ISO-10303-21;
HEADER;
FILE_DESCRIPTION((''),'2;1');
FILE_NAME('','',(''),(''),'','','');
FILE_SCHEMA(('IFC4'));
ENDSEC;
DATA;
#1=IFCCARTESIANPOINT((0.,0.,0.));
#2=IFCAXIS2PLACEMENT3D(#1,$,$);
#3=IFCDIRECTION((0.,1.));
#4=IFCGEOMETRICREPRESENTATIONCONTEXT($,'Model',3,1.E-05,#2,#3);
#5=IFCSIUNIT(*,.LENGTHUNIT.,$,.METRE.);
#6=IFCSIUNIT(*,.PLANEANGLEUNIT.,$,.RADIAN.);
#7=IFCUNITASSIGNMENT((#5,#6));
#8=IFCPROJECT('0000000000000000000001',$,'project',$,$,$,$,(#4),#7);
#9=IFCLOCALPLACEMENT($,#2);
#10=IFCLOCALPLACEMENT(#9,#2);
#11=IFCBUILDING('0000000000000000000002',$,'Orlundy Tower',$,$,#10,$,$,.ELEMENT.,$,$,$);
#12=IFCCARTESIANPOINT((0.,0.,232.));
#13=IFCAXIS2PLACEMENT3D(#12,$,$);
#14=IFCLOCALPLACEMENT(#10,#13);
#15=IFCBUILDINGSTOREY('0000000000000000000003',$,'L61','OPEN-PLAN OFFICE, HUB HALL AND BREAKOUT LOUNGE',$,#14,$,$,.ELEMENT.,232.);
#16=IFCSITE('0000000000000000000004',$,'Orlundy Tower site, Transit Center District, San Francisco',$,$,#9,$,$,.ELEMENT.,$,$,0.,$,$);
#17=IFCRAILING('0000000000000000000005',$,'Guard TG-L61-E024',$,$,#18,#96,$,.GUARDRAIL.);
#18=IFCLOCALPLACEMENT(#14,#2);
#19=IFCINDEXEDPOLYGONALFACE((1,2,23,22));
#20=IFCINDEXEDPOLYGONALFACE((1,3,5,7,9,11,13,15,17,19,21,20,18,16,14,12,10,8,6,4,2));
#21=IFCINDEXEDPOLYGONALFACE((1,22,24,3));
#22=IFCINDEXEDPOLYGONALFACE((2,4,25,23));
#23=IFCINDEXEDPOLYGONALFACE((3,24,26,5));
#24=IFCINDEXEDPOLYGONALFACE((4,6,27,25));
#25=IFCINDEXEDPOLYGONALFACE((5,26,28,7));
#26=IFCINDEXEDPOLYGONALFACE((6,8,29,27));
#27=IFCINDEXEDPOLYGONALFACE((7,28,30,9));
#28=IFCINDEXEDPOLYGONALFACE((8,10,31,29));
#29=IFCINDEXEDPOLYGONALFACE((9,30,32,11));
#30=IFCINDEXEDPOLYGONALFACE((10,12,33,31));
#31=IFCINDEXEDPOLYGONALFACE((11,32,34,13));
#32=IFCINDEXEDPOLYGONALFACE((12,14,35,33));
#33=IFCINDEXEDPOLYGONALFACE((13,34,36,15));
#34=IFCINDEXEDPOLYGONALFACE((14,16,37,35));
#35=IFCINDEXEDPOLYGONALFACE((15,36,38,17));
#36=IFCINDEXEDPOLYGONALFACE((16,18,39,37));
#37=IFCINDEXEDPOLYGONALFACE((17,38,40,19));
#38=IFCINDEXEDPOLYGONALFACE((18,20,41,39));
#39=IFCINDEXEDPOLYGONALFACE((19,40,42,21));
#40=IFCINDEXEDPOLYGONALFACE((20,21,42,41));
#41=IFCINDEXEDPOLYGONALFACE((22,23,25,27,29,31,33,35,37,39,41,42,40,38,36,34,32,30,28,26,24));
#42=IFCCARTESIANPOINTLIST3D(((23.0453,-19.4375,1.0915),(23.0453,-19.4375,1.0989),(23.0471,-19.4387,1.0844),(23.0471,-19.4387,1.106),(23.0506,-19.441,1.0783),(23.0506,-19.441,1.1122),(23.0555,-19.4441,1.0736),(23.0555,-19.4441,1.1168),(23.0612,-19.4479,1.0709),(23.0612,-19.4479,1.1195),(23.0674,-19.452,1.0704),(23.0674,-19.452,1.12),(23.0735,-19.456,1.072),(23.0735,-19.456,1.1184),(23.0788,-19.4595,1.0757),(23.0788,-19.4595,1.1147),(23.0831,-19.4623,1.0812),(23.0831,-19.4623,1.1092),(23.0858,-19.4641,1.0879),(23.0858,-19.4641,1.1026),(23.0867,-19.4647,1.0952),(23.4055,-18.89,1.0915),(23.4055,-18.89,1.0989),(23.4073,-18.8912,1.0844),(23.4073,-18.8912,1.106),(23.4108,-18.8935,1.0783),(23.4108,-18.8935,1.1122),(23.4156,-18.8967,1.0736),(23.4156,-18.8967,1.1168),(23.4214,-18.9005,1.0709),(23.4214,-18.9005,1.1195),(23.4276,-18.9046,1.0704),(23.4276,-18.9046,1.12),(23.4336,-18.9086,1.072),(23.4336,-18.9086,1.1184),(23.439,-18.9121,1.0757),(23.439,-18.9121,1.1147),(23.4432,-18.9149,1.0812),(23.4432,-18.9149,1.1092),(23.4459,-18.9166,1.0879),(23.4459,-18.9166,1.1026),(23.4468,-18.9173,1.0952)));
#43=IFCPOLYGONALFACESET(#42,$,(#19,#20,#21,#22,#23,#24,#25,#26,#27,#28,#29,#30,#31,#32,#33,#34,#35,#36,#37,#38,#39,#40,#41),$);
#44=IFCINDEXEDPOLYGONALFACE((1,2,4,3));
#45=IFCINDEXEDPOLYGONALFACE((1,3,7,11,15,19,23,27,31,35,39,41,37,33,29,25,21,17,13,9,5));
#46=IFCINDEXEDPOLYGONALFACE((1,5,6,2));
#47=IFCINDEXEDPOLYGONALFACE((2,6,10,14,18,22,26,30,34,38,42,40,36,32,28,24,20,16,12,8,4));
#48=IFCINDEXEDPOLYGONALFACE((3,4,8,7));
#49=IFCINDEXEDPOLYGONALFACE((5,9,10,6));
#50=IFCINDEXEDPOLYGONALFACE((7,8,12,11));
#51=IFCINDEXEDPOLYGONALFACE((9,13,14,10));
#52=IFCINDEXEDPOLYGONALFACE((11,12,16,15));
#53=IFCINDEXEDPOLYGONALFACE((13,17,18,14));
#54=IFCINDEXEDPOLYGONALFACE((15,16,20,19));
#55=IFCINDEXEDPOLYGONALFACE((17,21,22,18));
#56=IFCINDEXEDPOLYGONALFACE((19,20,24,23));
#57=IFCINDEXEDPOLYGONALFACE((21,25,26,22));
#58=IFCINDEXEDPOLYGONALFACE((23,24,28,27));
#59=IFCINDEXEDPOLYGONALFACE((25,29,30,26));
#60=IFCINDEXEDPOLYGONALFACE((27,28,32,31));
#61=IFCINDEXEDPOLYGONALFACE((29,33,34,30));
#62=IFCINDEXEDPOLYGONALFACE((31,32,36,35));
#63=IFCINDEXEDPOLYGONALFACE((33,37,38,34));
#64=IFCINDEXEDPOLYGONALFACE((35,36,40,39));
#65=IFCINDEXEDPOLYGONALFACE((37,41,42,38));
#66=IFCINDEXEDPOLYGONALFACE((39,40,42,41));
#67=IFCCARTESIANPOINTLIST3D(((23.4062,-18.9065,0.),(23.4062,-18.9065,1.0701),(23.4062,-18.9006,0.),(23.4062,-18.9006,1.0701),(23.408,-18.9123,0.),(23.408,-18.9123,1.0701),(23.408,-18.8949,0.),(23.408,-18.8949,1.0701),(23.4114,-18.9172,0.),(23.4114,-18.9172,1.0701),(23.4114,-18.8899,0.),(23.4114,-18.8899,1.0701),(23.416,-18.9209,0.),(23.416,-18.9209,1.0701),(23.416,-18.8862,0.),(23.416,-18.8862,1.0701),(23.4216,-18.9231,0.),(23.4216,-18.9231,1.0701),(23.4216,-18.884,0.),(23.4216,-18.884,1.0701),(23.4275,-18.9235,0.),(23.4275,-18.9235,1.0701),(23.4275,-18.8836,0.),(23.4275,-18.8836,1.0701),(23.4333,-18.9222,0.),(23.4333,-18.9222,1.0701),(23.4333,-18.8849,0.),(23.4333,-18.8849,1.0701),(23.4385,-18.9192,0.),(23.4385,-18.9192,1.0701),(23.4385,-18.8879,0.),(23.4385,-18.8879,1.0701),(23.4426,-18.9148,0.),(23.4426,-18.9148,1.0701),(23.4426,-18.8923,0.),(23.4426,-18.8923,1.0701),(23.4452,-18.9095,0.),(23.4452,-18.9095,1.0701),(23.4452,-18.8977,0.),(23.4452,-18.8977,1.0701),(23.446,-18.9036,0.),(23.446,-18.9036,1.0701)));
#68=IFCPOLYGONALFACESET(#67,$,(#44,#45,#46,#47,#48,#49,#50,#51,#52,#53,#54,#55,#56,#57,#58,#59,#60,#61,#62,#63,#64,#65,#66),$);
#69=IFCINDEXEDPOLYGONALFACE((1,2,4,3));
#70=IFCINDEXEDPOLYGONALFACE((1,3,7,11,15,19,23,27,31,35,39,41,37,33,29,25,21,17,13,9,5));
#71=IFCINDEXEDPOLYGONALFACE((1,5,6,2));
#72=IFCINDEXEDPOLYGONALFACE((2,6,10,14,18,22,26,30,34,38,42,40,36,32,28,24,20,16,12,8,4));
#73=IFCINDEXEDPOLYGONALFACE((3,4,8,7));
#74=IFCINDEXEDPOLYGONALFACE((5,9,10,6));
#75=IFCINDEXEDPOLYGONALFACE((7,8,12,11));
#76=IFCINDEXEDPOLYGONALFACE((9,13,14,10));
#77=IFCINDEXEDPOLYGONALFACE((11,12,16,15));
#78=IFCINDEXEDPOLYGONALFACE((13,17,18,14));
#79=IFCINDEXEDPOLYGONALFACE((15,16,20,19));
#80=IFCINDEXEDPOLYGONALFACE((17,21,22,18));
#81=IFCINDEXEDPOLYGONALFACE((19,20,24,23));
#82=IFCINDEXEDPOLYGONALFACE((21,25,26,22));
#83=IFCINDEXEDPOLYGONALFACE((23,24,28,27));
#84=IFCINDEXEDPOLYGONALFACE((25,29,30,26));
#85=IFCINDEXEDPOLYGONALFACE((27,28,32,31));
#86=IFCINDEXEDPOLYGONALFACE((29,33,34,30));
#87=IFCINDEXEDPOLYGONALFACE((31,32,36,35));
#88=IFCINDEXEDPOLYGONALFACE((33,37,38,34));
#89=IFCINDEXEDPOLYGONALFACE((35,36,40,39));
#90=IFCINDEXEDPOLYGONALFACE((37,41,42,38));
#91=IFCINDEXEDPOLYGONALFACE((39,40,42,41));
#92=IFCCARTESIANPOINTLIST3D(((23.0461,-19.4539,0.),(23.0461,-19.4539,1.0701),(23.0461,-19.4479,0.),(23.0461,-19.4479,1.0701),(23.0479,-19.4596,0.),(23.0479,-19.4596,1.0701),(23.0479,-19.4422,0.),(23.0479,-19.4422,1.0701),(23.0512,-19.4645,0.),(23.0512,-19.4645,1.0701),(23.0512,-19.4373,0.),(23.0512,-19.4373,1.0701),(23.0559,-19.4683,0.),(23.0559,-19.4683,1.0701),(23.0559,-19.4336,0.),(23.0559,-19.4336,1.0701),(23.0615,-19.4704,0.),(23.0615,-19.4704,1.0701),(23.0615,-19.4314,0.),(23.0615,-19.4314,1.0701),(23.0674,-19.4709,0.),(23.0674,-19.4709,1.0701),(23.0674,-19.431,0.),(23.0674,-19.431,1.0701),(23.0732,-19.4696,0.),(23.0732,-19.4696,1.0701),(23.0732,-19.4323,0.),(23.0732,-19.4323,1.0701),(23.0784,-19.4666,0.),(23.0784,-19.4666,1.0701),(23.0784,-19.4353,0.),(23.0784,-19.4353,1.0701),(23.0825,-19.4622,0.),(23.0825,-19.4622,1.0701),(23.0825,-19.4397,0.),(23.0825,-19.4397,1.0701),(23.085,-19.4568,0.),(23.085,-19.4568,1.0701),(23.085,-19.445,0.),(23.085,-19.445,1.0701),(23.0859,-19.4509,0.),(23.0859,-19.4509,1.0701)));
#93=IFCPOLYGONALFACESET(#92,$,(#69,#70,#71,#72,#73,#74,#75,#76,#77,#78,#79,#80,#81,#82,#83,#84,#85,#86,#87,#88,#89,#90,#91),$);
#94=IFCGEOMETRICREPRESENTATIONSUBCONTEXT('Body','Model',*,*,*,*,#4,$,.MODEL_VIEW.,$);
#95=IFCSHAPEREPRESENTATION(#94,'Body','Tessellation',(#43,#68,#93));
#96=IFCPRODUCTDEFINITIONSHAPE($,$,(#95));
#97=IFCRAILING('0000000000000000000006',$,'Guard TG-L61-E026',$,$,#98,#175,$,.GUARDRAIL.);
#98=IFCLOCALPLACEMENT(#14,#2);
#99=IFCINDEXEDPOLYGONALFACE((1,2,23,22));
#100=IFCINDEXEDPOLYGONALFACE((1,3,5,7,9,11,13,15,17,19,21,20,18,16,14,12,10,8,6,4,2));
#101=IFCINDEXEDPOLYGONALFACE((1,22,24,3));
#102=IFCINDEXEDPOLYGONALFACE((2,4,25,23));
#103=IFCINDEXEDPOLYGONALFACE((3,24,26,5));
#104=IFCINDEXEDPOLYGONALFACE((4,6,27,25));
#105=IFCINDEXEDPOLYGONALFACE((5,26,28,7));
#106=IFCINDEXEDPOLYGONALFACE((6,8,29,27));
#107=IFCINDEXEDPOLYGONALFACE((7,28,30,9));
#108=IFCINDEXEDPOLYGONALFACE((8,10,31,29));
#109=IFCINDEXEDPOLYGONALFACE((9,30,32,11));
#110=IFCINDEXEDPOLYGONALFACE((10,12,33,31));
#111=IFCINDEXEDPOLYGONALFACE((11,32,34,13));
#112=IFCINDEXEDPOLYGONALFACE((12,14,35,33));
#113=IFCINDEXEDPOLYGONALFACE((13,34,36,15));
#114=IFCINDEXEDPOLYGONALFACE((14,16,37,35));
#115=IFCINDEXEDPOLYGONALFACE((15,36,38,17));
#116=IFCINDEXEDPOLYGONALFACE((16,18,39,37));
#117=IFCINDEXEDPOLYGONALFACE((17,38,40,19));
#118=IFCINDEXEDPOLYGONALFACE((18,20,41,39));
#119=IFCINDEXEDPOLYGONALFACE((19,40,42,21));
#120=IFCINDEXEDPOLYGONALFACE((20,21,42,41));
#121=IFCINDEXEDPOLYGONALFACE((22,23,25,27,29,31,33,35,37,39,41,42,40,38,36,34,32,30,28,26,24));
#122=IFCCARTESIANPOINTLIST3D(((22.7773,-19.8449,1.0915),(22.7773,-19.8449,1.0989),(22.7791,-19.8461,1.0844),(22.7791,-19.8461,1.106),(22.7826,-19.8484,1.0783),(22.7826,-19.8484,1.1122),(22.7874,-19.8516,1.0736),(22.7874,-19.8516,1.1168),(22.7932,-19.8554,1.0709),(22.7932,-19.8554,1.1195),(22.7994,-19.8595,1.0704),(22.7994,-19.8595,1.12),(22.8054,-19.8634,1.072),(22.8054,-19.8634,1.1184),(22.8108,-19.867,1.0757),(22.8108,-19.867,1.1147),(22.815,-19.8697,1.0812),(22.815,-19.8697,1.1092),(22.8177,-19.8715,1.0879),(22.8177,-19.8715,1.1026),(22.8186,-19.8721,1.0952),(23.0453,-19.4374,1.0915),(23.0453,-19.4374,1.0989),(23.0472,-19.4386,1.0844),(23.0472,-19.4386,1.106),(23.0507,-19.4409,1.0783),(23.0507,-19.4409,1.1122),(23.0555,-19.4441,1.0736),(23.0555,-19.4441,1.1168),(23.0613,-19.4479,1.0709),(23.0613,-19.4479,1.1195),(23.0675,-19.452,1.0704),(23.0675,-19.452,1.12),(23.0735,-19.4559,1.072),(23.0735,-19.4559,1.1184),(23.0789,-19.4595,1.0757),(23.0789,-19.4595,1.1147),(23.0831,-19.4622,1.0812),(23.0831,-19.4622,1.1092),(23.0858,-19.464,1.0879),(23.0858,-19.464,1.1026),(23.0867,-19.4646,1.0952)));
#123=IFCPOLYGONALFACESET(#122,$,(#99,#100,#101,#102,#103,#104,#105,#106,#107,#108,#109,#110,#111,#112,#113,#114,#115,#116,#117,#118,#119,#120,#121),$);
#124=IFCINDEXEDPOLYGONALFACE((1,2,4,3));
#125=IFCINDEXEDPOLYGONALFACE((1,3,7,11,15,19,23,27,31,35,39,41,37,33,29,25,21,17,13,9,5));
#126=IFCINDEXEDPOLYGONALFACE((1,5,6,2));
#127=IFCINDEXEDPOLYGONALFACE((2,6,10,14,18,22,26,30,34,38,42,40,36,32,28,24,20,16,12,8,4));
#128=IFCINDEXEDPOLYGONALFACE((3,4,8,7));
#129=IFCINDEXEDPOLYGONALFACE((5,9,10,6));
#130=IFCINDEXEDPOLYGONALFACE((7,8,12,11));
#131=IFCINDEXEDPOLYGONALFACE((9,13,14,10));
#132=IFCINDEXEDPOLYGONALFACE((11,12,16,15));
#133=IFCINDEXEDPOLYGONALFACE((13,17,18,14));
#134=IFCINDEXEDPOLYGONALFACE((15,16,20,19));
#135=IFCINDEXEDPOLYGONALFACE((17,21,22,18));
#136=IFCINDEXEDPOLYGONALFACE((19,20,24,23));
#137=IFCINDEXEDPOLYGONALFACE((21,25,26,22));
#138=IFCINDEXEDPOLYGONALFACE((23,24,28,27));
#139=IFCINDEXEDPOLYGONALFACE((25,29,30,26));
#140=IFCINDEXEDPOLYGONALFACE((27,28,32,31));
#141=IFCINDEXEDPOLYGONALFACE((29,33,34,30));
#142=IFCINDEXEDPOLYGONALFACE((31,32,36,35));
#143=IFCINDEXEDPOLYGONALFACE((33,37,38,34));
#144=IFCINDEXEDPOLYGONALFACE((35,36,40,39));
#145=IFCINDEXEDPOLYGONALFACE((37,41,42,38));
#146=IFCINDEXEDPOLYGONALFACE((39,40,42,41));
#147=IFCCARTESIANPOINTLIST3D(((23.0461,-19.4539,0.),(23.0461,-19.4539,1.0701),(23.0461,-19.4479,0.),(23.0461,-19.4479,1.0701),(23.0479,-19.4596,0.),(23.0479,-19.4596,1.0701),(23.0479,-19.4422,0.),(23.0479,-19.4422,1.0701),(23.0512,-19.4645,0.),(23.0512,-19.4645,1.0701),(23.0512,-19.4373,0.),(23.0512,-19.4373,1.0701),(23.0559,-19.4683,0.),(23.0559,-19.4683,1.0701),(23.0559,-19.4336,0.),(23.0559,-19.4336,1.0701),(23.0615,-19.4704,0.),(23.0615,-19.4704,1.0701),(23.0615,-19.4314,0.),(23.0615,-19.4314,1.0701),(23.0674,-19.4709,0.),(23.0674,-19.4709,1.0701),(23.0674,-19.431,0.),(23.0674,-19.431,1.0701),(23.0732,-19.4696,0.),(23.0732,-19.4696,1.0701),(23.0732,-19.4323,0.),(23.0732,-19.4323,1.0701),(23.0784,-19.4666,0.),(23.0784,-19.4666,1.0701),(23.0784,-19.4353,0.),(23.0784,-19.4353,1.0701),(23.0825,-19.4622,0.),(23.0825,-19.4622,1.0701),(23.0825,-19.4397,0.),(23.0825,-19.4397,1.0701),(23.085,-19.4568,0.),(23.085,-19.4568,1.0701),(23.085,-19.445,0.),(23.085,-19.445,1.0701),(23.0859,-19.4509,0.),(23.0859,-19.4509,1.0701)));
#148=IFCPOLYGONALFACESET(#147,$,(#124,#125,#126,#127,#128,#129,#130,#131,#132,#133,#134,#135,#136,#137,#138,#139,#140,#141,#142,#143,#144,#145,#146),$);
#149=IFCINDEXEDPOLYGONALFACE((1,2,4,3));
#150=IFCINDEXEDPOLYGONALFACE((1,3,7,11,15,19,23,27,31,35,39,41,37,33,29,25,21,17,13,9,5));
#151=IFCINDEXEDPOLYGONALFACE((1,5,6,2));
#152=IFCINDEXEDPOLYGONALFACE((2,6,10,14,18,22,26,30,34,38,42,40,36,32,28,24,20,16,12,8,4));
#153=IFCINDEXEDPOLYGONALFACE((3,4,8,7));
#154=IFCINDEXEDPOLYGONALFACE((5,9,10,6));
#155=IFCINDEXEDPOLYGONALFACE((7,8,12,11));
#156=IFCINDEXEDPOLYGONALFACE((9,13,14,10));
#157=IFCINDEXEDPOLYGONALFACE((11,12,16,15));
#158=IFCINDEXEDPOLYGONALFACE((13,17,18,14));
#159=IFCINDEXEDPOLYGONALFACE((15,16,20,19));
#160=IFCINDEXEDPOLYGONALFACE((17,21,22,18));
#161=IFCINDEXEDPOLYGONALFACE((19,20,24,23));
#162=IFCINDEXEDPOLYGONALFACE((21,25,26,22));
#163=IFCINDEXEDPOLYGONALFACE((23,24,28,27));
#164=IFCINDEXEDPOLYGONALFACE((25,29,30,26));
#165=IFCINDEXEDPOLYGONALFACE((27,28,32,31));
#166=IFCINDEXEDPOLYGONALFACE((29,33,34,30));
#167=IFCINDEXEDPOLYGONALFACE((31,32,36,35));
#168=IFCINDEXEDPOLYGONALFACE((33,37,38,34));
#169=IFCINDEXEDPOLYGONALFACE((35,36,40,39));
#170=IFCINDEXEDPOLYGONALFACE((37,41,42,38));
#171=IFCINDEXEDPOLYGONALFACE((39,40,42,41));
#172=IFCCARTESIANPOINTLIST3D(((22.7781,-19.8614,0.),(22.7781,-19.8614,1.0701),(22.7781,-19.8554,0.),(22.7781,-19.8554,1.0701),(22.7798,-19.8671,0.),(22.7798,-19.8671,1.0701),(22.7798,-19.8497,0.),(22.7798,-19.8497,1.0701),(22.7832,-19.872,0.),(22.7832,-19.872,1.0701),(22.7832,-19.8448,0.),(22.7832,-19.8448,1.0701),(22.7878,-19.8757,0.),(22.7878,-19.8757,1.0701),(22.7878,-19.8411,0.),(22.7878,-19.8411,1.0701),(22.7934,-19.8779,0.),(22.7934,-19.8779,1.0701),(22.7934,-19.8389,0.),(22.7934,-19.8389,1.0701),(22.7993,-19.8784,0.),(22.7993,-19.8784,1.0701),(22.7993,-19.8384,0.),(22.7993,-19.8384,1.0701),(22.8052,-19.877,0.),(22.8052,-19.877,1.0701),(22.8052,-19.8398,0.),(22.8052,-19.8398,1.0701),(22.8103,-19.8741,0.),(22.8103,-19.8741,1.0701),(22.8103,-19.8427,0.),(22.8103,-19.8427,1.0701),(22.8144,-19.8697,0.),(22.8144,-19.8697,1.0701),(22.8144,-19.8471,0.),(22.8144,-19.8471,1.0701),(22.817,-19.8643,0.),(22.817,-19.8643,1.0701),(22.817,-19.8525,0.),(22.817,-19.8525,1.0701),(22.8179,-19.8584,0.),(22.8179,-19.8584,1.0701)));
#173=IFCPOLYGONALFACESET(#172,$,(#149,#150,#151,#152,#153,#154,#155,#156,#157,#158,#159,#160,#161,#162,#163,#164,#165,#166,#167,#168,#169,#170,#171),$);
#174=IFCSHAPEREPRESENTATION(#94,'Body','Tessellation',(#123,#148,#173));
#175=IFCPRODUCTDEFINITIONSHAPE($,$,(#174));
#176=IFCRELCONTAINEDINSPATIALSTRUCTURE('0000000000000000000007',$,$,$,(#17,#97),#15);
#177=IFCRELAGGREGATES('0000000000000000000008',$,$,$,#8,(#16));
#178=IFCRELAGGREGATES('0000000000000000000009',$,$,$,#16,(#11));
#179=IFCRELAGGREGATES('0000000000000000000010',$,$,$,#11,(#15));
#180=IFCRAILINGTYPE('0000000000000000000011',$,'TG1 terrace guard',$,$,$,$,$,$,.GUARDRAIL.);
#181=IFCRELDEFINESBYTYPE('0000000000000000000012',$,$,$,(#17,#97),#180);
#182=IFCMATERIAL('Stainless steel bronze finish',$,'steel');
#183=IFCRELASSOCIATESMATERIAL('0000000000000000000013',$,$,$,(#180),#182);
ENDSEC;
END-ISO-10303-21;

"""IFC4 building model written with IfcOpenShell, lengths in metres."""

from ifc_helpers import new_model, si_unit, direction, frame, origin, origin_2d, place, context, subcontext, project, spatial, circle, extrude, material, type_object, element, save


model = new_model("IFC4")

# Units and contexts
model_context = context("Model", 3, precision=1e-05, world=origin(), true_north=direction((0.0, 1.0)))
body_context = subcontext(model_context, "Body", "Model", "MODEL_VIEW")
ifc_project = project(units=[si_unit("LENGTHUNIT", "METRE"), si_unit("PLANEANGLEUNIT", "RADIAN")], contexts=[model_context])

# Site, building, storey
site_placement = place(None, origin())
site = spatial("IfcSite", under=ifc_project, at=site_placement, Name="Orlundy Tower site, Transit Center District, San Francisco", CompositionType="ELEMENT", RefElevation=0.0)
building_placement = place(site_placement, origin())
building = spatial("IfcBuilding", under=site, at=building_placement, Name="Orlundy Tower", CompositionType="ELEMENT")
storey_placement = place(building_placement, frame((0.0, 0.0, 232.0)))
storey = spatial("IfcBuildingStorey", under=building, at=storey_placement, Name="L61", Description="OPEN-PLAN OFFICE, HUB HALL AND BREAKOUT LOUNGE", CompositionType="ELEMENT", Elevation=232.0)

# Railings
ifc_material_1 = material(Name="Stainless steel bronze finish", Category="steel")
railing_type = type_object("IfcRailingType", Name="TG1 terrace guard", PredefinedType="GUARDRAIL", material=ifc_material_1)
railing_1_placement = place(storey_placement, frame((23.426, -18.9036, 0.0)))
element("IfcRailing", 1, at=railing_1_placement, inside=storey, type_object=railing_type, Name="Guard TG-L61-E024", PredefinedType="GUARDRAIL", context=body_context, shape_type="SweptSolid", body=[
    extrude(circle(Radius=0.0249, at=origin_2d()), frame((0.0, 0.0, 1.0952), z_axis=(-0.549617, -0.835417, 0.0), x_axis=(0.835417, -0.549617, 0.0)), (0.0, 0.0, 1.0), 0.6553),
    extrude(circle(Radius=0.02, at=origin_2d()), origin(), (0.0, 0.0, 1.0), 1.0701),
    extrude(circle(Radius=0.02, at=origin_2d()), frame((-0.3601, -0.5474, 0.0)), (0.0, 0.0, 1.0), 1.0701),
])
railing_2_placement = place(storey_placement, frame((23.0659, -19.4509, 0.0)))
element("IfcRailing", 2, at=railing_2_placement, inside=storey, type_object=railing_type, Name="Guard TG-L61-E026", PredefinedType="GUARDRAIL", context=body_context, shape_type="SweptSolid", body=[
    extrude(circle(Radius=0.0249, at=origin_2d()), frame((0.0, 0.0, 1.0952), z_axis=(-0.549607, -0.835423, 0.0), x_axis=(0.835423, -0.549607, 0.0)), (0.0, 0.0, 1.0), 0.4878),
    extrude(circle(Radius=0.02, at=origin_2d()), origin(), (0.0, 0.0, 1.0), 1.0701),
    extrude(circle(Radius=0.02, at=origin_2d()), frame((-0.2681, -0.4075, 0.0)), (0.0, 0.0, 1.0), 1.0701),
])

save(model, "model.ifc")
